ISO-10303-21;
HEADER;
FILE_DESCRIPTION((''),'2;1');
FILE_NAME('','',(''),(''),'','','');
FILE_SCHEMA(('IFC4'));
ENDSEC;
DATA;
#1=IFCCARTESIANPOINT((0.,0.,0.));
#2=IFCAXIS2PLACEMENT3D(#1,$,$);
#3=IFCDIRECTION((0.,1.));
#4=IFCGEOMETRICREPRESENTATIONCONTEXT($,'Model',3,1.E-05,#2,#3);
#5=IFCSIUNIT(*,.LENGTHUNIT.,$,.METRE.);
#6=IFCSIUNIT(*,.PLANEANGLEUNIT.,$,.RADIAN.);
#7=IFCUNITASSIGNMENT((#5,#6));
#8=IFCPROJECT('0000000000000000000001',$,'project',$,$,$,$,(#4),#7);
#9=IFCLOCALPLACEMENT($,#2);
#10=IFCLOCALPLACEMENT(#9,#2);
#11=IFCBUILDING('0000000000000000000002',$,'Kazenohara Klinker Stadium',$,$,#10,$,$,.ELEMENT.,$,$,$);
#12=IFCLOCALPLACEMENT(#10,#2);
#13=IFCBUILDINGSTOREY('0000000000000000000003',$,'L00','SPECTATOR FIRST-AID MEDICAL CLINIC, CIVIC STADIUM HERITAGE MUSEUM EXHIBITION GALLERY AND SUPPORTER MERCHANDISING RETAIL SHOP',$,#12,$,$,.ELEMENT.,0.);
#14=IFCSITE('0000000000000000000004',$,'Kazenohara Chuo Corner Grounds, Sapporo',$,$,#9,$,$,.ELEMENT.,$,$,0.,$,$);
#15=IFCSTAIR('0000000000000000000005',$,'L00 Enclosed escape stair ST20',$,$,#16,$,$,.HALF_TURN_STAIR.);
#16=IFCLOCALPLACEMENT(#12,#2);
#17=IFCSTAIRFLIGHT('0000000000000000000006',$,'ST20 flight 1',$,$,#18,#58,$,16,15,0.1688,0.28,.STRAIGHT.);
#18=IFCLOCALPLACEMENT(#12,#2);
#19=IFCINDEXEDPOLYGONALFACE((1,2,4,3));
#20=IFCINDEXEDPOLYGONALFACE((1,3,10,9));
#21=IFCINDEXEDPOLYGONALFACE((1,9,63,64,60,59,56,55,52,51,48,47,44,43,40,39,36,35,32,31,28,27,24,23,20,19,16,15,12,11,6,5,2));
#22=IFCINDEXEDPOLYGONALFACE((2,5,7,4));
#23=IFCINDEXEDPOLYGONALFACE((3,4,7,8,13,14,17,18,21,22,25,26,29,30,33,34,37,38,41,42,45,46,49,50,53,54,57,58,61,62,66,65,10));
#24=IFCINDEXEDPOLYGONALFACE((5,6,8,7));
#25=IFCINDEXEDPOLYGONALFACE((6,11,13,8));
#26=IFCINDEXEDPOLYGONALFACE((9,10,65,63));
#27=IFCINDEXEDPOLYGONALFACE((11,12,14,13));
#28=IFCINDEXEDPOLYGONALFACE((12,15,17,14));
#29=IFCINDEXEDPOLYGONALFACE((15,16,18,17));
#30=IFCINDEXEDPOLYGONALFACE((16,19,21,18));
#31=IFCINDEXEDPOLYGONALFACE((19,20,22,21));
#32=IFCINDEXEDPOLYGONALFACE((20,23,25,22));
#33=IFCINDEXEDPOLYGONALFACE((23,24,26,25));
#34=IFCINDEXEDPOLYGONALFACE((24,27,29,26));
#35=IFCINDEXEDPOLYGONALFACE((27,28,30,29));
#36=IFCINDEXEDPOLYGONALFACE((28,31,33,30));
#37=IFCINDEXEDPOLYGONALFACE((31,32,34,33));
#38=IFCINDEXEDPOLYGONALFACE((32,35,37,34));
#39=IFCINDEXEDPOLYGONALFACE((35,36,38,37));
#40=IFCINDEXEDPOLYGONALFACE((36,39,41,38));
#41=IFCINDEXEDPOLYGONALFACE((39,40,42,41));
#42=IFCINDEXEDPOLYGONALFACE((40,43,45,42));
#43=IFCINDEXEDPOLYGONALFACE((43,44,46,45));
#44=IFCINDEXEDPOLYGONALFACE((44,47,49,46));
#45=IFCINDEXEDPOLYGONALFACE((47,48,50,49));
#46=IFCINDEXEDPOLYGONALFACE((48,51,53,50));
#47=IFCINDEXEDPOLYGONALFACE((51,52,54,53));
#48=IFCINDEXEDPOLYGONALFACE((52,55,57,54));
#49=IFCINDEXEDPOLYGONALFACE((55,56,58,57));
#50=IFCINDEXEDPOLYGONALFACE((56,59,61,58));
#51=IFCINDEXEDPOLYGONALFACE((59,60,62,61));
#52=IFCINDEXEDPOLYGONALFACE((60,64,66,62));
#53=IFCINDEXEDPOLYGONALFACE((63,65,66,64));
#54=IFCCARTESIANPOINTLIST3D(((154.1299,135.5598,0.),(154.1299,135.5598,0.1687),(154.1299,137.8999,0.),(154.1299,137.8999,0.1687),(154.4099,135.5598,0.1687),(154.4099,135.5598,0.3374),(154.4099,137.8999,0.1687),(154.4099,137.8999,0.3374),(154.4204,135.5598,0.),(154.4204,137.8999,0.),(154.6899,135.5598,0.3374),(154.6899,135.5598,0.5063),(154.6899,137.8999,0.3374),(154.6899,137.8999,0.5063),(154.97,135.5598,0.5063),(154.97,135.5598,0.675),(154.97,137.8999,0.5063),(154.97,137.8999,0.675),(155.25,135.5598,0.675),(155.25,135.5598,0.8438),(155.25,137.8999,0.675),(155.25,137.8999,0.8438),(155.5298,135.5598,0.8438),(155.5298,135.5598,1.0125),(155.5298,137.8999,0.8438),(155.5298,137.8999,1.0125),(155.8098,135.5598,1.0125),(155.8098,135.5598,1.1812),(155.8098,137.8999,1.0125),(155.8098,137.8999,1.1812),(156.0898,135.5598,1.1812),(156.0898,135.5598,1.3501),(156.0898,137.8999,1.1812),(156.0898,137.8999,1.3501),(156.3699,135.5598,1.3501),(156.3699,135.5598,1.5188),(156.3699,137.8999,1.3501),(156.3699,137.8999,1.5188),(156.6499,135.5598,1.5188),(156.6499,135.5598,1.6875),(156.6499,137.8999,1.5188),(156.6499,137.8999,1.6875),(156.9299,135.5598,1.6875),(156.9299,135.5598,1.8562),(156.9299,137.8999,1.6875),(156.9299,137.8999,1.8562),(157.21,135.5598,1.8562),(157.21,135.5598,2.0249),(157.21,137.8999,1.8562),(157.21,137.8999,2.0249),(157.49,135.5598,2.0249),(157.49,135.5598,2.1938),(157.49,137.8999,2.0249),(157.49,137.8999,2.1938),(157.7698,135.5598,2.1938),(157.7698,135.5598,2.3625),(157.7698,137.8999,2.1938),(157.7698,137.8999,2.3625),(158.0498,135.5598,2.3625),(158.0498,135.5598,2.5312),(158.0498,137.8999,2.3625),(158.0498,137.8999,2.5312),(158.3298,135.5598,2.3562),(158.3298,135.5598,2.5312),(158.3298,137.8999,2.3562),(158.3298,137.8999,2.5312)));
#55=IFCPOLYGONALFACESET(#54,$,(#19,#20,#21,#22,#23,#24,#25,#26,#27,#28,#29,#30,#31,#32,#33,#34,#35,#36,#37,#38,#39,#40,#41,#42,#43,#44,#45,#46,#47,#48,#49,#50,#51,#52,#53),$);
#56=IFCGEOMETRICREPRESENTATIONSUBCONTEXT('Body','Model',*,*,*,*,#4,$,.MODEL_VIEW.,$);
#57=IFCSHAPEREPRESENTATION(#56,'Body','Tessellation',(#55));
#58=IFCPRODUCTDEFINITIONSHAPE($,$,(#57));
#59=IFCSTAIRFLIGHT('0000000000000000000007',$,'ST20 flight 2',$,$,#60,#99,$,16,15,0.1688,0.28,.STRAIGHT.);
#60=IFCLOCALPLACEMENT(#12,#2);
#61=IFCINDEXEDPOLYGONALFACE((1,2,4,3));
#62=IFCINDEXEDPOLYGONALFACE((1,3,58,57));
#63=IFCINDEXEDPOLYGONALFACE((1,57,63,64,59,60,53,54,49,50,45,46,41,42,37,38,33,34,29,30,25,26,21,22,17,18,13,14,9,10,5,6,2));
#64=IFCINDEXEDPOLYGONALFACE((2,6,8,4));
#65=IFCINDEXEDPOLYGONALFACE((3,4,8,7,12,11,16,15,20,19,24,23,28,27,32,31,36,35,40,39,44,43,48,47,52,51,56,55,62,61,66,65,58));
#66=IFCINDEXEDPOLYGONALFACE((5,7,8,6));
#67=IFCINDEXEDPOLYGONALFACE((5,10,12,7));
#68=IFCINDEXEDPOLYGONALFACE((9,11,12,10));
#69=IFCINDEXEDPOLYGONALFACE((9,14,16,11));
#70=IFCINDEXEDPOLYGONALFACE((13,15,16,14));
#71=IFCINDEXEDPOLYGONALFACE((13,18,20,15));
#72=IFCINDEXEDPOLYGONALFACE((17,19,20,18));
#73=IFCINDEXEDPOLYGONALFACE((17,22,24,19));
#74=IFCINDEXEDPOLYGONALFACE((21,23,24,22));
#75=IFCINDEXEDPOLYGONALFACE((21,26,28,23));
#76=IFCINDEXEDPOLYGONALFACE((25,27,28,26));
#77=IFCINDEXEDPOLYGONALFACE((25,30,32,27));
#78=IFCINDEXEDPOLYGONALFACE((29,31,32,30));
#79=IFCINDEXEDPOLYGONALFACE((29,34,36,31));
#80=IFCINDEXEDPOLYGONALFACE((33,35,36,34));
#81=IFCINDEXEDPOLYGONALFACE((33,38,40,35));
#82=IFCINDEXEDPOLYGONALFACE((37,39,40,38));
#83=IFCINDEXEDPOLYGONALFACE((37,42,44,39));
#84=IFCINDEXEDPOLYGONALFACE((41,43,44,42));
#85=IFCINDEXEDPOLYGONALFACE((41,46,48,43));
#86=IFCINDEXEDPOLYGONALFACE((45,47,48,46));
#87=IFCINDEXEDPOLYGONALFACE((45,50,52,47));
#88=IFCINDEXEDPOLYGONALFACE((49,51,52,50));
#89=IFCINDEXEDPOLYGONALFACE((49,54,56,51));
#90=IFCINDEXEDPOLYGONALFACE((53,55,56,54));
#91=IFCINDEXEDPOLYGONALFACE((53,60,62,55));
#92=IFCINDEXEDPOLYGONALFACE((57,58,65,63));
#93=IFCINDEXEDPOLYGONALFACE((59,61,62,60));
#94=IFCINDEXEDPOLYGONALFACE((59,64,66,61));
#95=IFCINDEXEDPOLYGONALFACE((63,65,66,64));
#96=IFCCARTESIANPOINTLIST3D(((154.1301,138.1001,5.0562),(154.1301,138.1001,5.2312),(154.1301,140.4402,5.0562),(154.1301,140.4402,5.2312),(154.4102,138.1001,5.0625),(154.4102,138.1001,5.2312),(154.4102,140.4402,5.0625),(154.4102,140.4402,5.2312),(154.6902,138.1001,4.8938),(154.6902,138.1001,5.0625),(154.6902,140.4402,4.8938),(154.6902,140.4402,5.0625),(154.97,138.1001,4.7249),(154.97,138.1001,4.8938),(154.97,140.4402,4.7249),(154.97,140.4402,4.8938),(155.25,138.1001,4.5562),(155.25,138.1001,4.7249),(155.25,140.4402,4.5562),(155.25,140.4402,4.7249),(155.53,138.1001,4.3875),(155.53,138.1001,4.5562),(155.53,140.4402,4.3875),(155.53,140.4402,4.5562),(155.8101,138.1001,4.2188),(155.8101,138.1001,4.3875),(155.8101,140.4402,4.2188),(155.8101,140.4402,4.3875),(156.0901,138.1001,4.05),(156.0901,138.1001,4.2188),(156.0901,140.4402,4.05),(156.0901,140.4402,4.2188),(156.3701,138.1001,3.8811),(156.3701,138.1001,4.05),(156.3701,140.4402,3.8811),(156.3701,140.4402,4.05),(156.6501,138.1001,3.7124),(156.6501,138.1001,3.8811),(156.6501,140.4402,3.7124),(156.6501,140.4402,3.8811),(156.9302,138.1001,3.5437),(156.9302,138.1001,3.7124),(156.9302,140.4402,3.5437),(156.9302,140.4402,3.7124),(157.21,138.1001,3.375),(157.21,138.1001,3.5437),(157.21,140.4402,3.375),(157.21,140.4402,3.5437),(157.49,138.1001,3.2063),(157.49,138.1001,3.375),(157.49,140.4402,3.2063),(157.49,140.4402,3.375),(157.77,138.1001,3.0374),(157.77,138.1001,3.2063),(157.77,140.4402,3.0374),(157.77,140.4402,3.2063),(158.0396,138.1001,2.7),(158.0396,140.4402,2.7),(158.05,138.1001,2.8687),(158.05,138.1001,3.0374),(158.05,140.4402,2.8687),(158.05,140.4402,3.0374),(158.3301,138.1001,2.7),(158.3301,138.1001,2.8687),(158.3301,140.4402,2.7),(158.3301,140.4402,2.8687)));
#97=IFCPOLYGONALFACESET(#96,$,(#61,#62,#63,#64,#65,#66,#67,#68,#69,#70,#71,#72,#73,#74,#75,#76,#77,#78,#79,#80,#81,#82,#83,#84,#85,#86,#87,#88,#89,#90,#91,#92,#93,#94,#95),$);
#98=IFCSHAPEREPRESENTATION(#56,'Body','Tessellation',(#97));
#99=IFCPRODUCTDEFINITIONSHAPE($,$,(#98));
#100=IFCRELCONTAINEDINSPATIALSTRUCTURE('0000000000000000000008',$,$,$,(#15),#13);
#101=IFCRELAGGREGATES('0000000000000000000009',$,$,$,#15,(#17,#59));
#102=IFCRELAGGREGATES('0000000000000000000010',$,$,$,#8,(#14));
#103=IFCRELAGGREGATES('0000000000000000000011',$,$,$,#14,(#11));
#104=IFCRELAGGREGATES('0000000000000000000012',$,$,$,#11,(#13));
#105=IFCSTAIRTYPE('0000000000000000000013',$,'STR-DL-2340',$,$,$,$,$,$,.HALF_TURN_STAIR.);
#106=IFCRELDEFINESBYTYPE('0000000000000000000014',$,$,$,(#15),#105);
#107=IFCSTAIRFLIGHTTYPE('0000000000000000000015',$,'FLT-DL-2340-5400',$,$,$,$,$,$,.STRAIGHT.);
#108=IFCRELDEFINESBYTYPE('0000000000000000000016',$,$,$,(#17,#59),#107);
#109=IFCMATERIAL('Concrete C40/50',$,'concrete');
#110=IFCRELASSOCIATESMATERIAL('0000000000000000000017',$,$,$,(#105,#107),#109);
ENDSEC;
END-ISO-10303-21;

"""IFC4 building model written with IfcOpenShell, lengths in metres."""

from ifc_helpers import new_model, si_unit, direction, frame, origin, place, context, subcontext, project, spatial, polyline, outline, extrude, material, type_object, element, aggregate, save


model = new_model("IFC4")

# Units and contexts
model_context = context("Model", 3, precision=1e-05, world=origin(), true_north=direction((0.0, 1.0)))
body_context = subcontext(model_context, "Body", "Model", "MODEL_VIEW")
ifc_project = project(units=[si_unit("LENGTHUNIT", "METRE"), si_unit("PLANEANGLEUNIT", "RADIAN")], contexts=[model_context])

# Site, building, storey
site_placement = place(None, origin())
site = spatial("IfcSite", under=ifc_project, at=site_placement, Name="Kazenohara Chuo Corner Grounds, Sapporo", CompositionType="ELEMENT", RefElevation=0.0)
building_placement = place(site_placement, origin())
building = spatial("IfcBuilding", under=site, at=building_placement, Name="Kazenohara Klinker Stadium", CompositionType="ELEMENT")
storey_placement = place(building_placement, origin())
storey = spatial("IfcBuildingStorey", under=building, at=storey_placement, Name="L00", Description="SPECTATOR FIRST-AID MEDICAL CLINIC, CIVIC STADIUM HERITAGE MUSEUM EXHIBITION GALLERY AND SUPPORTER MERCHANDISING RETAIL SHOP", CompositionType="ELEMENT", Elevation=0.0)

# Shared definitions
ifc_material_1 = material(Name="Concrete C40/50", Category="concrete")

# Stair, stair flights
stair_type = type_object("IfcStairType", Name="STR-DL-2340", PredefinedType="HALF_TURN_STAIR", material=ifc_material_1)
stair_placement = place(storey_placement, origin())
stair = element("IfcStair", 1, at=stair_placement, inside=storey, type_object=stair_type, Name="L00 Enclosed escape stair ST20", PredefinedType="HALF_TURN_STAIR")
stair_flight_type = type_object("IfcStairFlightType", Name="FLT-DL-2340-5400", PredefinedType="STRAIGHT", material=ifc_material_1)
stair_flight_1_placement = place(storey_placement, frame((154.1299, 136.73, 0.0), z_axis=(0.0, 0.0, 1.0), x_axis=(1.0, 0.0, 0.0)))
stair_flight_1 = element("IfcStairFlight", 2, at=stair_flight_1_placement, type_object=stair_flight_type, Name="ST20 flight 1", NumberOfRisers=16, NumberOfTreads=15, PredefinedType="STRAIGHT", RiserHeight=0.1688, TreadLength=0.28, context=body_context, shape_type="SweptSolid", body=[
    extrude(outline(polyline([(0.0, 0.0), (0.0, 0.1687), (0.28, 0.1687), (0.28, 0.3374), (0.5601, 0.3374), (0.5601, 0.5063), (0.8401, 0.5063), (0.8401, 0.675), (1.1201, 0.675), (1.1201, 0.8438), (1.3999, 0.8438), (1.3999, 1.0125), (1.6799, 1.0125), (1.6799, 1.1812), (1.96, 1.1812), (1.96, 1.3501), (2.24, 1.3501), (2.24, 1.5188), (2.52, 1.5188), (2.52, 1.6875), (2.8, 1.6875), (2.8, 1.8562), (3.0801, 1.8562), (3.0801, 2.0249), (3.3601, 2.0249), (3.3601, 2.1938), (3.6399, 2.1938), (3.6399, 2.3625), (3.9199, 2.3625), (3.9199, 2.5312), (4.2, 2.5312), (4.2, 2.7), (4.2, 2.3562), (0.2905, 0.0), (0.0, 0.0)])), frame((0.0, 1.1699, 0.0), z_axis=(0.0, -1.0, 0.0), x_axis=(1.0, 0.0, 0.0)), (0.0, 0.0, 1.0), 2.3401),
])
stair_flight_2_placement = place(storey_placement, frame((158.3301, 139.27, 2.7), z_axis=(0.0, 0.0, 1.0), x_axis=(-1.0, 0.0, 0.0)))
stair_flight_2 = element("IfcStairFlight", 3, at=stair_flight_2_placement, type_object=stair_flight_type, Name="ST20 flight 2", NumberOfRisers=16, NumberOfTreads=15, PredefinedType="STRAIGHT", RiserHeight=0.1688, TreadLength=0.28, context=body_context, shape_type="SweptSolid", body=[
    extrude(outline(polyline([(0.0, 0.0), (0.0, 0.1687), (0.28, 0.1687), (0.28, 0.3374), (0.5601, 0.3374), (0.5601, 0.5063), (0.8401, 0.5063), (0.8401, 0.675), (1.1201, 0.675), (1.1201, 0.8438), (1.3999, 0.8438), (1.3999, 1.0125), (1.6799, 1.0125), (1.6799, 1.1812), (1.96, 1.1812), (1.96, 1.3501), (2.24, 1.3501), (2.24, 1.5188), (2.52, 1.5188), (2.52, 1.6875), (2.8, 1.6875), (2.8, 1.8562), (3.0801, 1.8562), (3.0801, 2.0249), (3.3601, 2.0249), (3.3601, 2.1938), (3.6399, 2.1938), (3.6399, 2.3625), (3.9199, 2.3625), (3.9199, 2.5312), (4.2, 2.5312), (4.2, 2.7), (4.2, 2.3562), (0.2905, 0.0), (0.0, 0.0)])), frame((0.0, 1.1699, 0.0), z_axis=(0.0, -1.0, 0.0), x_axis=(1.0, 0.0, 0.0)), (0.0, 0.0, 1.0), 2.3401),
])
aggregate(stair, [stair_flight_1, stair_flight_2])

save(model, "model.ifc")
